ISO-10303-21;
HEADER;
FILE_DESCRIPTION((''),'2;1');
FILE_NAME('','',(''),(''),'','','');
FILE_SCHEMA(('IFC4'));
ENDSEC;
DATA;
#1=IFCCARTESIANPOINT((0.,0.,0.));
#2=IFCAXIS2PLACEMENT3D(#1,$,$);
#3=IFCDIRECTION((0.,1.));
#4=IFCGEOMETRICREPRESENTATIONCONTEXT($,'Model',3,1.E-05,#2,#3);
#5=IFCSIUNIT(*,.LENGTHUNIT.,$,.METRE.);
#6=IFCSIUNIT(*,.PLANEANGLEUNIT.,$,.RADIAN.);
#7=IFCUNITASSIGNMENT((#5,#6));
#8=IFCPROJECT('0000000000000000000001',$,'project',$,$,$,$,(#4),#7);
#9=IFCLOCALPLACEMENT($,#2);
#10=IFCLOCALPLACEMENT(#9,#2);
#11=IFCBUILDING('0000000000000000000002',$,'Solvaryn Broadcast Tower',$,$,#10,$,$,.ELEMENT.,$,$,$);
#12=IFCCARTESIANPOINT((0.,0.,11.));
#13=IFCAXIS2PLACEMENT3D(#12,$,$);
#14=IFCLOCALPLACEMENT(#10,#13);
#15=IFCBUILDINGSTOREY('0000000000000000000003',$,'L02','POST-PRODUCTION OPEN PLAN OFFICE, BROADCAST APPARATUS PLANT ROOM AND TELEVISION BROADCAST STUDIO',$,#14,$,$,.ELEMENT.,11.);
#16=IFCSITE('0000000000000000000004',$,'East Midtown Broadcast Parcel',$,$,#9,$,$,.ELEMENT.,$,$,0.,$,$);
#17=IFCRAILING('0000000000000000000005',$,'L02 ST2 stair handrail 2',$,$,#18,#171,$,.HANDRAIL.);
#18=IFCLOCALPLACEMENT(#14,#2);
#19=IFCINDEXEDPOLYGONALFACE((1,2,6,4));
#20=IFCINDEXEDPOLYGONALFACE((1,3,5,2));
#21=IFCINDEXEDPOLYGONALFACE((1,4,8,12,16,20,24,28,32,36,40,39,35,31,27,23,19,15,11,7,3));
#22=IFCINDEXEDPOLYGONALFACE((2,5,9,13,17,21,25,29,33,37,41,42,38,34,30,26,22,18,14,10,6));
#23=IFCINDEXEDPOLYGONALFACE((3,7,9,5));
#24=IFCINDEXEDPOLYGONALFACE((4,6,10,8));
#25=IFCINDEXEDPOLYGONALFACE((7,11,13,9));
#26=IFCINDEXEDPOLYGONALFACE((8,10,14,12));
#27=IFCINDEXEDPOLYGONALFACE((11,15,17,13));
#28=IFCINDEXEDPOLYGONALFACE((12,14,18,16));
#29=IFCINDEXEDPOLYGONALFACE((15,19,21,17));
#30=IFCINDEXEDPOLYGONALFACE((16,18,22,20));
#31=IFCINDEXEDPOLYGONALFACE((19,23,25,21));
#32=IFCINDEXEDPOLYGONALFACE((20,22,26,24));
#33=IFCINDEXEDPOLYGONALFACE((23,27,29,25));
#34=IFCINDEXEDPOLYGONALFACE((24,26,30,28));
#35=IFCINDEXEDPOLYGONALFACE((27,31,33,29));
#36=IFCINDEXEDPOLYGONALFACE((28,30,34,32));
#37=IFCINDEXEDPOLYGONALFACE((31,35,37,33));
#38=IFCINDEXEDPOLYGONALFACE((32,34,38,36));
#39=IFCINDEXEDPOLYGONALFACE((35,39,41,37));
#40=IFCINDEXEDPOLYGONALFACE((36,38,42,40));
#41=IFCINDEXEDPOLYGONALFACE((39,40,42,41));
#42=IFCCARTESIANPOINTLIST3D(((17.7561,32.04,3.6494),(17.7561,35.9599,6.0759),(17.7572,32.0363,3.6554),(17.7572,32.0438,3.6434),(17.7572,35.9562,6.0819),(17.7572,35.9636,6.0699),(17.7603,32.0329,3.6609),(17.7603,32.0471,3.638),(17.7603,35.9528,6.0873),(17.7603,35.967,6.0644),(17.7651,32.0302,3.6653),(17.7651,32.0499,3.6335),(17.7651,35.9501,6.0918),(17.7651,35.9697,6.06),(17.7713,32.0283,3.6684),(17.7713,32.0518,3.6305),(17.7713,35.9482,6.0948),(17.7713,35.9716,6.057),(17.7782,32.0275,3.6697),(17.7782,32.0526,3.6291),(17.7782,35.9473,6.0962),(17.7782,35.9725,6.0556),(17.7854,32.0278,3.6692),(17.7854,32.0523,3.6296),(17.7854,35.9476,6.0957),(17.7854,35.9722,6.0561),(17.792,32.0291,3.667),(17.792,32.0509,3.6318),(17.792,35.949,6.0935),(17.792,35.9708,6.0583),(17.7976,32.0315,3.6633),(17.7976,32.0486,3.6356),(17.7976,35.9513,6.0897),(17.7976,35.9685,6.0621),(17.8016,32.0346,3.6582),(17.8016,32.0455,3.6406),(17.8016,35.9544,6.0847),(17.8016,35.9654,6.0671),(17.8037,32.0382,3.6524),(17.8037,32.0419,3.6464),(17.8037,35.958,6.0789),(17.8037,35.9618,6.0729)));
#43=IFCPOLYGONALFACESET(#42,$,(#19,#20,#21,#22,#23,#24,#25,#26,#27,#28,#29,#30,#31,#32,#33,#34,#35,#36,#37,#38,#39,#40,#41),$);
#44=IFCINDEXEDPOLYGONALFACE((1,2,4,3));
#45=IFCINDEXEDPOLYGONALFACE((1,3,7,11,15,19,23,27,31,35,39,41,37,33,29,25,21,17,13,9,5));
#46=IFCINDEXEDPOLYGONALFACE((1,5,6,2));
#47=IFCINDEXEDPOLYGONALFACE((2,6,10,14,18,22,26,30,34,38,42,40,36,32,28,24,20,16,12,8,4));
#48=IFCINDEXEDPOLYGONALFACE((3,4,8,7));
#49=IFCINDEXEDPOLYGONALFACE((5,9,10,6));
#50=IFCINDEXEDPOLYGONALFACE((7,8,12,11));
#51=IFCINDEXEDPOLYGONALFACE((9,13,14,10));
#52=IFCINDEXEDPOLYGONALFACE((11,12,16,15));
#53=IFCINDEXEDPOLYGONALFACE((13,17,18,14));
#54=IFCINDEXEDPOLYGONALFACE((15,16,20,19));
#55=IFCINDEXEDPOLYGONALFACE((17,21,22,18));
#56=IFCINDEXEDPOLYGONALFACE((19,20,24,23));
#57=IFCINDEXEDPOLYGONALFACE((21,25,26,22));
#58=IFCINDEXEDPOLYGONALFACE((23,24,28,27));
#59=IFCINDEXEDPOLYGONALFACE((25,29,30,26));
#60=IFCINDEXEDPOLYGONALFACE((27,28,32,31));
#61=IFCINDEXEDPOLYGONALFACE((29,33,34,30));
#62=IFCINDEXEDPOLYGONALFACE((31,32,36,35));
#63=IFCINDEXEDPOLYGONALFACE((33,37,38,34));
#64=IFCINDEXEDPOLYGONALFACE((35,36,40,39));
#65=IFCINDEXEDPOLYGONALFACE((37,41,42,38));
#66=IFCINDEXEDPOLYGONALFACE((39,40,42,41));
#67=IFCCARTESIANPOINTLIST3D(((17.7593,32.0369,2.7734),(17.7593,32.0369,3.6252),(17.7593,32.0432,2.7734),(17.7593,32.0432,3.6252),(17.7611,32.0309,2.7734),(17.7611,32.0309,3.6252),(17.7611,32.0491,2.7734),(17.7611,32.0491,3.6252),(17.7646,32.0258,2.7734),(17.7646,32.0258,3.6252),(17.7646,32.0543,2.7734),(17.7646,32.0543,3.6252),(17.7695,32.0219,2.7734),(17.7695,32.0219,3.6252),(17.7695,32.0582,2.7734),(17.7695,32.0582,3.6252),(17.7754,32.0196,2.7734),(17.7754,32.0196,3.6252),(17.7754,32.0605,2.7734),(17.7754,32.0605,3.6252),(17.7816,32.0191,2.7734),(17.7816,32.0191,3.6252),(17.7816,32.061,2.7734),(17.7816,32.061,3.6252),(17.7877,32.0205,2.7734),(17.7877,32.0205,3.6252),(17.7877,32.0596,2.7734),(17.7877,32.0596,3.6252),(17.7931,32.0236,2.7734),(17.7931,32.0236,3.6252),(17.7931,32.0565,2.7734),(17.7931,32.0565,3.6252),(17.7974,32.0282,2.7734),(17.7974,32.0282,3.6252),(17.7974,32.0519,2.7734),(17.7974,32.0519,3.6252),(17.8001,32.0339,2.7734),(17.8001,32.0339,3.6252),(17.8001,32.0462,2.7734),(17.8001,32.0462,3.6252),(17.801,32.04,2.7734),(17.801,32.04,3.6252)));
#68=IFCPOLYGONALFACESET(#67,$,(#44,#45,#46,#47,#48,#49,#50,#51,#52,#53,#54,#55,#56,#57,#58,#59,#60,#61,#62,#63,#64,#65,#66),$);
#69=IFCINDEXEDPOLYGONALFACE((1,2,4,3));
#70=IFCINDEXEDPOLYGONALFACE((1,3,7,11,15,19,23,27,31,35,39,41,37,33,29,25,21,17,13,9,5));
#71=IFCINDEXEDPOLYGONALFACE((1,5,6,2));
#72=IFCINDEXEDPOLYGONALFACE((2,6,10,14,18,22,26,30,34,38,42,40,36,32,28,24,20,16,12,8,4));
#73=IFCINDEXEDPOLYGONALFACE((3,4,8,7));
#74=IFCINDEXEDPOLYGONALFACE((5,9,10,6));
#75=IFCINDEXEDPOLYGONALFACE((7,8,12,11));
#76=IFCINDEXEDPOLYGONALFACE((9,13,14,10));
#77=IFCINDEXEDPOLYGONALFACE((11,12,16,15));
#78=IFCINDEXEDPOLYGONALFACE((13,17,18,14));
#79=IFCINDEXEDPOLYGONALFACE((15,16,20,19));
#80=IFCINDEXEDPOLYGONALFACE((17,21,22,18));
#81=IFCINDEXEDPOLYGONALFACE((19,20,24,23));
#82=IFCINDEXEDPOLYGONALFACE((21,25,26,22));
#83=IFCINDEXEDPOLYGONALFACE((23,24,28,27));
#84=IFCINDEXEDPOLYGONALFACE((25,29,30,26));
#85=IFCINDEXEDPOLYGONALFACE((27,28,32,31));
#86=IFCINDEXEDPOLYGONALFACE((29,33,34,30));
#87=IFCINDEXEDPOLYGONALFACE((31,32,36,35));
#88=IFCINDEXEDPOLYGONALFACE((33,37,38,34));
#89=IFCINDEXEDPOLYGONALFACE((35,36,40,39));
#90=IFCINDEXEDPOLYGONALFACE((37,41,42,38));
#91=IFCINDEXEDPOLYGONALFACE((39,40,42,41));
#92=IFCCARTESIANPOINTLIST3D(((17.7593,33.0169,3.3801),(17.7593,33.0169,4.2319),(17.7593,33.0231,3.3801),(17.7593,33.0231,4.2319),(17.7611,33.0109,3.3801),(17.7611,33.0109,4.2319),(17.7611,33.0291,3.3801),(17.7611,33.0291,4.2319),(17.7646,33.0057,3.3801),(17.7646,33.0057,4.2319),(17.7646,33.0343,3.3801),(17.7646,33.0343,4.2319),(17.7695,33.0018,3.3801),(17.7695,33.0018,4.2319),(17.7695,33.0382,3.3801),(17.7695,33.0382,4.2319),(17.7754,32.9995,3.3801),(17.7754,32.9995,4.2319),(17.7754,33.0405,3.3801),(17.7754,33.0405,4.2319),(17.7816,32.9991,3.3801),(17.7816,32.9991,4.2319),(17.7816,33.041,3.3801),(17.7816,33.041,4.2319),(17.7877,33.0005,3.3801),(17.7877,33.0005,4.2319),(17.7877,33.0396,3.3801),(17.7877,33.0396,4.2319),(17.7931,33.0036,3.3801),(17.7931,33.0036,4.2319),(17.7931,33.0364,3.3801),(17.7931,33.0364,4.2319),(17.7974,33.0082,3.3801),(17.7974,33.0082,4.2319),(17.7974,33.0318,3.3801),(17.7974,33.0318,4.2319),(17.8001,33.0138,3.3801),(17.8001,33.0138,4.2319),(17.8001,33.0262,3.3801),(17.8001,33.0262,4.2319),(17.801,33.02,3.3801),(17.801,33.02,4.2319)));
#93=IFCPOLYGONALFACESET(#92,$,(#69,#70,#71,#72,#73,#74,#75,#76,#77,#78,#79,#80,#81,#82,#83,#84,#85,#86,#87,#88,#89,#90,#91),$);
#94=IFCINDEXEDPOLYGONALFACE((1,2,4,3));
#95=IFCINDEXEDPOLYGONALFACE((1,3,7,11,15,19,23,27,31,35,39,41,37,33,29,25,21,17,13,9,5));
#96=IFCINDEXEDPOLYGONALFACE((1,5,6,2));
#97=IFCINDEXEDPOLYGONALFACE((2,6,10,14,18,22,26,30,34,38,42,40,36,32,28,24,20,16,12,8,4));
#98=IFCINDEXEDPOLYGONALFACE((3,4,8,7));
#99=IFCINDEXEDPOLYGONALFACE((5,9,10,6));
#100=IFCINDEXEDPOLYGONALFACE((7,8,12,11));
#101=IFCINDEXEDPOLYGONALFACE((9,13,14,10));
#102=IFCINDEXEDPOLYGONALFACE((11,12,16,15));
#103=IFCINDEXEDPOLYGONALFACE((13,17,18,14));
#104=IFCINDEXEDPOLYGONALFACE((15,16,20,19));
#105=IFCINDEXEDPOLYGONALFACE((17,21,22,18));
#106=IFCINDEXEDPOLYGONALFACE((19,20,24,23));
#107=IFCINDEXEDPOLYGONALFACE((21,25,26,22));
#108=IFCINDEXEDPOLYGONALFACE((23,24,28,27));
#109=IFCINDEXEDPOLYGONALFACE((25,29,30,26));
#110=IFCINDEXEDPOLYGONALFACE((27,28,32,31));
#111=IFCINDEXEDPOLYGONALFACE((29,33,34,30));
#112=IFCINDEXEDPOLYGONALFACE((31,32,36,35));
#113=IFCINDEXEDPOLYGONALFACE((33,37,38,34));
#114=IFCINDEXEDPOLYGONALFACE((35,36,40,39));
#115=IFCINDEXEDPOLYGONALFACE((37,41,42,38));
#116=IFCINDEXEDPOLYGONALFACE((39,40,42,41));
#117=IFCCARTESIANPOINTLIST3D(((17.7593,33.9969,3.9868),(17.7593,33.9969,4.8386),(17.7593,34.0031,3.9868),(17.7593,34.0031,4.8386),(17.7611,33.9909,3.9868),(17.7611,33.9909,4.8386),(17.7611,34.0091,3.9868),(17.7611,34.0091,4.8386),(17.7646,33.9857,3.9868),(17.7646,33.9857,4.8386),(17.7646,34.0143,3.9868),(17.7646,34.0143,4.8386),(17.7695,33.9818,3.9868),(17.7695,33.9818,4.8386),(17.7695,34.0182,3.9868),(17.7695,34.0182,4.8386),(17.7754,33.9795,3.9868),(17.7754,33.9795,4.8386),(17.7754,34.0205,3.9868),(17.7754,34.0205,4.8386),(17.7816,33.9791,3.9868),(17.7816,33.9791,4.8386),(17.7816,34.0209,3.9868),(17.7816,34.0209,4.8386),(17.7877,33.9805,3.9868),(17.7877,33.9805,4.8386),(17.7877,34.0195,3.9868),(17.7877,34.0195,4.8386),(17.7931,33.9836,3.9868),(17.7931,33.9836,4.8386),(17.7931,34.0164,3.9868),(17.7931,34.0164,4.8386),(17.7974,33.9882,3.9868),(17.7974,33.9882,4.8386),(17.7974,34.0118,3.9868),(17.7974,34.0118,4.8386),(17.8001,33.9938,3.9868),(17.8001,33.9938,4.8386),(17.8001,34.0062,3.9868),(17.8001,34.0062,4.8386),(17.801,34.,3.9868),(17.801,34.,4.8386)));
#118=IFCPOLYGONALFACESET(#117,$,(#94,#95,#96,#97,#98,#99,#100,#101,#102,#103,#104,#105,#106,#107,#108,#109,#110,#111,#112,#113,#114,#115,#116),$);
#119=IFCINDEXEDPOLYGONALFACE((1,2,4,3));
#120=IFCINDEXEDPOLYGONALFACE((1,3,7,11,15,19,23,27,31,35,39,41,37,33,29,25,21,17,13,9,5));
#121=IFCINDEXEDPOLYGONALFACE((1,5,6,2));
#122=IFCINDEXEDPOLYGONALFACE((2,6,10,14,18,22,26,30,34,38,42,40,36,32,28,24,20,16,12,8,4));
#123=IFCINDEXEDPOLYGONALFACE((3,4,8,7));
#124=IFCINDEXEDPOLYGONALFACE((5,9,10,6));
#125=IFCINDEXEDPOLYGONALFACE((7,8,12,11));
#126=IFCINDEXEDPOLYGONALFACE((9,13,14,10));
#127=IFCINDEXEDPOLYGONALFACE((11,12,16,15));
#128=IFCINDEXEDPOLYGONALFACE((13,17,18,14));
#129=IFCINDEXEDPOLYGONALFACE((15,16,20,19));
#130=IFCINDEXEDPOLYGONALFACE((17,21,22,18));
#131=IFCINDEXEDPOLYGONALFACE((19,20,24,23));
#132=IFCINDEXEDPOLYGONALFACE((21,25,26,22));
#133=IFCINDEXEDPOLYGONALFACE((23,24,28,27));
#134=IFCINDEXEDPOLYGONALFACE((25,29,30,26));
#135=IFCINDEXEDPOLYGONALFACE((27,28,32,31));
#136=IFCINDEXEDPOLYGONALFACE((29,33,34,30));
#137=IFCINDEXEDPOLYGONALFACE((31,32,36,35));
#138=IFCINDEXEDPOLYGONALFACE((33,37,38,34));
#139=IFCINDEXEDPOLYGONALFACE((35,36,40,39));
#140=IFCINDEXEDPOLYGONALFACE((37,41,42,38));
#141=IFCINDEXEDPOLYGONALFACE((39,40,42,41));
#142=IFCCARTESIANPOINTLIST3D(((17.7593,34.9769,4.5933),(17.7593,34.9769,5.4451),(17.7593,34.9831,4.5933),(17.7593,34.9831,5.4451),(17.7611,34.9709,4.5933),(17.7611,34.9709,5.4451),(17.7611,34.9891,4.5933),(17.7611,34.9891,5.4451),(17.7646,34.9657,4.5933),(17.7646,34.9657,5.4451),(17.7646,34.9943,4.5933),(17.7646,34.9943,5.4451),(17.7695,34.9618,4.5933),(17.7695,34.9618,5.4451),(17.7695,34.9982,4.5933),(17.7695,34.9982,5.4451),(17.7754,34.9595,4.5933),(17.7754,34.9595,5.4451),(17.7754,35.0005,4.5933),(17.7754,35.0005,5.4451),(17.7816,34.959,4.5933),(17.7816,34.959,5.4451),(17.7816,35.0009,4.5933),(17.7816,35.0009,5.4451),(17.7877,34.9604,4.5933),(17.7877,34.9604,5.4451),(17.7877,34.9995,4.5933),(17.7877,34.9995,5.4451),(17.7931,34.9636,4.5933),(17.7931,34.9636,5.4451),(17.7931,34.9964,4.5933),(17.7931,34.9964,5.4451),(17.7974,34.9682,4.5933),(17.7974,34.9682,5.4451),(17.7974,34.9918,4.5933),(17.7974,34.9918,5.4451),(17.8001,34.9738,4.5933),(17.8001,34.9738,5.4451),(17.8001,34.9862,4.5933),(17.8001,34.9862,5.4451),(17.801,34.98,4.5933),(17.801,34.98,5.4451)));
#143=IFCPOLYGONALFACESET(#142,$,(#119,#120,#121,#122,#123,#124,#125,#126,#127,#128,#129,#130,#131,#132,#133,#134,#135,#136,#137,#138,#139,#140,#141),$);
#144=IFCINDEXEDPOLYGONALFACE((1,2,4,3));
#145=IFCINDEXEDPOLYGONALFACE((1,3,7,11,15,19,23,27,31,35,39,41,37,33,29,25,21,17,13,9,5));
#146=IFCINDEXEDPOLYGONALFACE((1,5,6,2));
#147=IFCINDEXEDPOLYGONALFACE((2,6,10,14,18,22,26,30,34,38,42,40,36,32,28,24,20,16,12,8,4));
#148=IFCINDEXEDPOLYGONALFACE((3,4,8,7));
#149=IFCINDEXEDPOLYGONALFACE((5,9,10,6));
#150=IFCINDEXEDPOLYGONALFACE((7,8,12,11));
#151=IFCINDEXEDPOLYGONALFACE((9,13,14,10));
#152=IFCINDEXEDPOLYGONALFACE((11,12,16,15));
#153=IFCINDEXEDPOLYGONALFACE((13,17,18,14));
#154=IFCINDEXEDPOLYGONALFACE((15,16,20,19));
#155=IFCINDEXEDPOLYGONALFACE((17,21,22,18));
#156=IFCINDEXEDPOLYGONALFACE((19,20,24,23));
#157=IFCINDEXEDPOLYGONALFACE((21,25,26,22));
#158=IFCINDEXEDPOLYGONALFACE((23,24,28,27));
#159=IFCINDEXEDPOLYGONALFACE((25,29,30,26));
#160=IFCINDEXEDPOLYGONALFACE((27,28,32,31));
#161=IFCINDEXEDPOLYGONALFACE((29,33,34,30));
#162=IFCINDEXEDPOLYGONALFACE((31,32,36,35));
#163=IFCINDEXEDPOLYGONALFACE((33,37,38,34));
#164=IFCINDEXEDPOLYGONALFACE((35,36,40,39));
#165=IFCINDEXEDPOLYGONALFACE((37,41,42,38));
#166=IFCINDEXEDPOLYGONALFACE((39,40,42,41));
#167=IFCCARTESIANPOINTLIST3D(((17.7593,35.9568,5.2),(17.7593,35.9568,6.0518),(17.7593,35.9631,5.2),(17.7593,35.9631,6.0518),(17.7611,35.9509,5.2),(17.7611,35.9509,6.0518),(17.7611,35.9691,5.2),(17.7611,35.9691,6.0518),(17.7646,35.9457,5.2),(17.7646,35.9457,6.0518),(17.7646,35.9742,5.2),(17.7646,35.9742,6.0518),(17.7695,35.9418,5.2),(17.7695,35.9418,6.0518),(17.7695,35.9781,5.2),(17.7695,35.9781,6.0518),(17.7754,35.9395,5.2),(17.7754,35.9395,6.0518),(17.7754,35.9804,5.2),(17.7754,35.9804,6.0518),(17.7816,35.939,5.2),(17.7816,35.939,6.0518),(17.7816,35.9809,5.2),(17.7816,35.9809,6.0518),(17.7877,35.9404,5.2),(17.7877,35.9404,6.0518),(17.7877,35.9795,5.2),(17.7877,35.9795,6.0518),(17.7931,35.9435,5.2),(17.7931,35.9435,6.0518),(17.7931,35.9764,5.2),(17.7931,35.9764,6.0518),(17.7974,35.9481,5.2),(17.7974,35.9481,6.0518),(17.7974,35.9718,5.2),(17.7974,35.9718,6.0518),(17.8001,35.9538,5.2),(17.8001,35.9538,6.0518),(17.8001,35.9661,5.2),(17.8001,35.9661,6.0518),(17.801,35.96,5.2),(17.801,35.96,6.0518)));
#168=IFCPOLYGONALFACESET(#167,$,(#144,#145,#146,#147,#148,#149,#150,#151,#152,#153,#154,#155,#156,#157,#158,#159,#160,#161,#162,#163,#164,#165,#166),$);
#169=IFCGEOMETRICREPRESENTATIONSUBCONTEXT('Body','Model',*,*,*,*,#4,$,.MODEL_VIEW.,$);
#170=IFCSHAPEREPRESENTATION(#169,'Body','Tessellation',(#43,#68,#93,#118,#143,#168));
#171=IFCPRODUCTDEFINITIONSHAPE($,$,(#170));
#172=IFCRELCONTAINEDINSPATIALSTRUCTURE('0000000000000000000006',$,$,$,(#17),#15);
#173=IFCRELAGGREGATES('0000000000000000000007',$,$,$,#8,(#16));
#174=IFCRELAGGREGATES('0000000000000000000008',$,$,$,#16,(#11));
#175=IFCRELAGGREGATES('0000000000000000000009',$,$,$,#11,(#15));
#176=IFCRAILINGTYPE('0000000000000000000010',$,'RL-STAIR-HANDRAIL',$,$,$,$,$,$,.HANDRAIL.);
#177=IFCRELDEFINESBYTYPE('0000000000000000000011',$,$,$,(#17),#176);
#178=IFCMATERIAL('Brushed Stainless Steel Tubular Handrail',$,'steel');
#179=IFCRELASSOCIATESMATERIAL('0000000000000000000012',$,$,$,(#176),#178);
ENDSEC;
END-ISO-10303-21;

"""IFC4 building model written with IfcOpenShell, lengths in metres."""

from ifc_helpers import new_model, si_unit, direction, frame, origin, origin_2d, place, context, subcontext, project, spatial, circle, extrude, material, type_object, element, save


model = new_model("IFC4")

# Units and contexts
model_context = context("Model", 3, precision=1e-05, world=origin(), true_north=direction((0.0, 1.0)))
body_context = subcontext(model_context, "Body", "Model", "MODEL_VIEW")
ifc_project = project(units=[si_unit("LENGTHUNIT", "METRE"), si_unit("PLANEANGLEUNIT", "RADIAN")], contexts=[model_context])

# Site, building, storey
site_placement = place(None, origin())
site = spatial("IfcSite", under=ifc_project, at=site_placement, Name="East Midtown Broadcast Parcel", CompositionType="ELEMENT", RefElevation=0.0)
building_placement = place(site_placement, origin())
building = spatial("IfcBuilding", under=site, at=building_placement, Name="Solvaryn Broadcast Tower", CompositionType="ELEMENT")
storey_placement = place(building_placement, frame((0.0, 0.0, 11.0)))
storey = spatial("IfcBuildingStorey", under=building, at=storey_placement, Name="L02", Description="POST-PRODUCTION OPEN PLAN OFFICE, BROADCAST APPARATUS PLANT ROOM AND TELEVISION BROADCAST STUDIO", CompositionType="ELEMENT", Elevation=11.0)

# Railing
ifc_material_1 = material(Name="Brushed Stainless Steel Tubular Handrail", Category="steel")
railing_type_1 = type_object("IfcRailingType", Name="RL-STAIR-HANDRAIL", PredefinedType="HANDRAIL", material=ifc_material_1)
railing_1_placement = place(storey_placement, frame((17.78, 32.04, 2.7734)))
element("IfcRailing", 1, at=railing_1_placement, inside=storey, type_object=railing_type_1, Name="L02 ST2 stair handrail 2", PredefinedType="HANDRAIL", context=body_context, shape_type="SweptSolid", body=[
    extrude(circle(Radius=0.0239, at=origin_2d()), frame((0.0, 0.0, 0.876), z_axis=(0.0, 0.850275, 0.526338), x_axis=(-1.0, 0.0, 0.0)), (0.0, 0.0, 1.0), 4.6101),
    extrude(circle(Radius=0.021, at=origin_2d()), origin(), (0.0, 0.0, 1.0), 0.8518),
    extrude(circle(Radius=0.021, at=origin_2d()), frame((0.0, 0.98, 0.6067)), (0.0, 0.0, 1.0), 0.8518),
    extrude(circle(Radius=0.021, at=origin_2d()), frame((0.0, 1.96, 1.2134)), (0.0, 0.0, 1.0), 0.8518),
    extrude(circle(Radius=0.021, at=origin_2d()), frame((0.0, 2.9399, 1.8198)), (0.0, 0.0, 1.0), 0.8518),
    extrude(circle(Radius=0.021, at=origin_2d()), frame((0.0, 3.9199, 2.4265)), (0.0, 0.0, 1.0), 0.8518),
])

save(model, "model.ifc")
